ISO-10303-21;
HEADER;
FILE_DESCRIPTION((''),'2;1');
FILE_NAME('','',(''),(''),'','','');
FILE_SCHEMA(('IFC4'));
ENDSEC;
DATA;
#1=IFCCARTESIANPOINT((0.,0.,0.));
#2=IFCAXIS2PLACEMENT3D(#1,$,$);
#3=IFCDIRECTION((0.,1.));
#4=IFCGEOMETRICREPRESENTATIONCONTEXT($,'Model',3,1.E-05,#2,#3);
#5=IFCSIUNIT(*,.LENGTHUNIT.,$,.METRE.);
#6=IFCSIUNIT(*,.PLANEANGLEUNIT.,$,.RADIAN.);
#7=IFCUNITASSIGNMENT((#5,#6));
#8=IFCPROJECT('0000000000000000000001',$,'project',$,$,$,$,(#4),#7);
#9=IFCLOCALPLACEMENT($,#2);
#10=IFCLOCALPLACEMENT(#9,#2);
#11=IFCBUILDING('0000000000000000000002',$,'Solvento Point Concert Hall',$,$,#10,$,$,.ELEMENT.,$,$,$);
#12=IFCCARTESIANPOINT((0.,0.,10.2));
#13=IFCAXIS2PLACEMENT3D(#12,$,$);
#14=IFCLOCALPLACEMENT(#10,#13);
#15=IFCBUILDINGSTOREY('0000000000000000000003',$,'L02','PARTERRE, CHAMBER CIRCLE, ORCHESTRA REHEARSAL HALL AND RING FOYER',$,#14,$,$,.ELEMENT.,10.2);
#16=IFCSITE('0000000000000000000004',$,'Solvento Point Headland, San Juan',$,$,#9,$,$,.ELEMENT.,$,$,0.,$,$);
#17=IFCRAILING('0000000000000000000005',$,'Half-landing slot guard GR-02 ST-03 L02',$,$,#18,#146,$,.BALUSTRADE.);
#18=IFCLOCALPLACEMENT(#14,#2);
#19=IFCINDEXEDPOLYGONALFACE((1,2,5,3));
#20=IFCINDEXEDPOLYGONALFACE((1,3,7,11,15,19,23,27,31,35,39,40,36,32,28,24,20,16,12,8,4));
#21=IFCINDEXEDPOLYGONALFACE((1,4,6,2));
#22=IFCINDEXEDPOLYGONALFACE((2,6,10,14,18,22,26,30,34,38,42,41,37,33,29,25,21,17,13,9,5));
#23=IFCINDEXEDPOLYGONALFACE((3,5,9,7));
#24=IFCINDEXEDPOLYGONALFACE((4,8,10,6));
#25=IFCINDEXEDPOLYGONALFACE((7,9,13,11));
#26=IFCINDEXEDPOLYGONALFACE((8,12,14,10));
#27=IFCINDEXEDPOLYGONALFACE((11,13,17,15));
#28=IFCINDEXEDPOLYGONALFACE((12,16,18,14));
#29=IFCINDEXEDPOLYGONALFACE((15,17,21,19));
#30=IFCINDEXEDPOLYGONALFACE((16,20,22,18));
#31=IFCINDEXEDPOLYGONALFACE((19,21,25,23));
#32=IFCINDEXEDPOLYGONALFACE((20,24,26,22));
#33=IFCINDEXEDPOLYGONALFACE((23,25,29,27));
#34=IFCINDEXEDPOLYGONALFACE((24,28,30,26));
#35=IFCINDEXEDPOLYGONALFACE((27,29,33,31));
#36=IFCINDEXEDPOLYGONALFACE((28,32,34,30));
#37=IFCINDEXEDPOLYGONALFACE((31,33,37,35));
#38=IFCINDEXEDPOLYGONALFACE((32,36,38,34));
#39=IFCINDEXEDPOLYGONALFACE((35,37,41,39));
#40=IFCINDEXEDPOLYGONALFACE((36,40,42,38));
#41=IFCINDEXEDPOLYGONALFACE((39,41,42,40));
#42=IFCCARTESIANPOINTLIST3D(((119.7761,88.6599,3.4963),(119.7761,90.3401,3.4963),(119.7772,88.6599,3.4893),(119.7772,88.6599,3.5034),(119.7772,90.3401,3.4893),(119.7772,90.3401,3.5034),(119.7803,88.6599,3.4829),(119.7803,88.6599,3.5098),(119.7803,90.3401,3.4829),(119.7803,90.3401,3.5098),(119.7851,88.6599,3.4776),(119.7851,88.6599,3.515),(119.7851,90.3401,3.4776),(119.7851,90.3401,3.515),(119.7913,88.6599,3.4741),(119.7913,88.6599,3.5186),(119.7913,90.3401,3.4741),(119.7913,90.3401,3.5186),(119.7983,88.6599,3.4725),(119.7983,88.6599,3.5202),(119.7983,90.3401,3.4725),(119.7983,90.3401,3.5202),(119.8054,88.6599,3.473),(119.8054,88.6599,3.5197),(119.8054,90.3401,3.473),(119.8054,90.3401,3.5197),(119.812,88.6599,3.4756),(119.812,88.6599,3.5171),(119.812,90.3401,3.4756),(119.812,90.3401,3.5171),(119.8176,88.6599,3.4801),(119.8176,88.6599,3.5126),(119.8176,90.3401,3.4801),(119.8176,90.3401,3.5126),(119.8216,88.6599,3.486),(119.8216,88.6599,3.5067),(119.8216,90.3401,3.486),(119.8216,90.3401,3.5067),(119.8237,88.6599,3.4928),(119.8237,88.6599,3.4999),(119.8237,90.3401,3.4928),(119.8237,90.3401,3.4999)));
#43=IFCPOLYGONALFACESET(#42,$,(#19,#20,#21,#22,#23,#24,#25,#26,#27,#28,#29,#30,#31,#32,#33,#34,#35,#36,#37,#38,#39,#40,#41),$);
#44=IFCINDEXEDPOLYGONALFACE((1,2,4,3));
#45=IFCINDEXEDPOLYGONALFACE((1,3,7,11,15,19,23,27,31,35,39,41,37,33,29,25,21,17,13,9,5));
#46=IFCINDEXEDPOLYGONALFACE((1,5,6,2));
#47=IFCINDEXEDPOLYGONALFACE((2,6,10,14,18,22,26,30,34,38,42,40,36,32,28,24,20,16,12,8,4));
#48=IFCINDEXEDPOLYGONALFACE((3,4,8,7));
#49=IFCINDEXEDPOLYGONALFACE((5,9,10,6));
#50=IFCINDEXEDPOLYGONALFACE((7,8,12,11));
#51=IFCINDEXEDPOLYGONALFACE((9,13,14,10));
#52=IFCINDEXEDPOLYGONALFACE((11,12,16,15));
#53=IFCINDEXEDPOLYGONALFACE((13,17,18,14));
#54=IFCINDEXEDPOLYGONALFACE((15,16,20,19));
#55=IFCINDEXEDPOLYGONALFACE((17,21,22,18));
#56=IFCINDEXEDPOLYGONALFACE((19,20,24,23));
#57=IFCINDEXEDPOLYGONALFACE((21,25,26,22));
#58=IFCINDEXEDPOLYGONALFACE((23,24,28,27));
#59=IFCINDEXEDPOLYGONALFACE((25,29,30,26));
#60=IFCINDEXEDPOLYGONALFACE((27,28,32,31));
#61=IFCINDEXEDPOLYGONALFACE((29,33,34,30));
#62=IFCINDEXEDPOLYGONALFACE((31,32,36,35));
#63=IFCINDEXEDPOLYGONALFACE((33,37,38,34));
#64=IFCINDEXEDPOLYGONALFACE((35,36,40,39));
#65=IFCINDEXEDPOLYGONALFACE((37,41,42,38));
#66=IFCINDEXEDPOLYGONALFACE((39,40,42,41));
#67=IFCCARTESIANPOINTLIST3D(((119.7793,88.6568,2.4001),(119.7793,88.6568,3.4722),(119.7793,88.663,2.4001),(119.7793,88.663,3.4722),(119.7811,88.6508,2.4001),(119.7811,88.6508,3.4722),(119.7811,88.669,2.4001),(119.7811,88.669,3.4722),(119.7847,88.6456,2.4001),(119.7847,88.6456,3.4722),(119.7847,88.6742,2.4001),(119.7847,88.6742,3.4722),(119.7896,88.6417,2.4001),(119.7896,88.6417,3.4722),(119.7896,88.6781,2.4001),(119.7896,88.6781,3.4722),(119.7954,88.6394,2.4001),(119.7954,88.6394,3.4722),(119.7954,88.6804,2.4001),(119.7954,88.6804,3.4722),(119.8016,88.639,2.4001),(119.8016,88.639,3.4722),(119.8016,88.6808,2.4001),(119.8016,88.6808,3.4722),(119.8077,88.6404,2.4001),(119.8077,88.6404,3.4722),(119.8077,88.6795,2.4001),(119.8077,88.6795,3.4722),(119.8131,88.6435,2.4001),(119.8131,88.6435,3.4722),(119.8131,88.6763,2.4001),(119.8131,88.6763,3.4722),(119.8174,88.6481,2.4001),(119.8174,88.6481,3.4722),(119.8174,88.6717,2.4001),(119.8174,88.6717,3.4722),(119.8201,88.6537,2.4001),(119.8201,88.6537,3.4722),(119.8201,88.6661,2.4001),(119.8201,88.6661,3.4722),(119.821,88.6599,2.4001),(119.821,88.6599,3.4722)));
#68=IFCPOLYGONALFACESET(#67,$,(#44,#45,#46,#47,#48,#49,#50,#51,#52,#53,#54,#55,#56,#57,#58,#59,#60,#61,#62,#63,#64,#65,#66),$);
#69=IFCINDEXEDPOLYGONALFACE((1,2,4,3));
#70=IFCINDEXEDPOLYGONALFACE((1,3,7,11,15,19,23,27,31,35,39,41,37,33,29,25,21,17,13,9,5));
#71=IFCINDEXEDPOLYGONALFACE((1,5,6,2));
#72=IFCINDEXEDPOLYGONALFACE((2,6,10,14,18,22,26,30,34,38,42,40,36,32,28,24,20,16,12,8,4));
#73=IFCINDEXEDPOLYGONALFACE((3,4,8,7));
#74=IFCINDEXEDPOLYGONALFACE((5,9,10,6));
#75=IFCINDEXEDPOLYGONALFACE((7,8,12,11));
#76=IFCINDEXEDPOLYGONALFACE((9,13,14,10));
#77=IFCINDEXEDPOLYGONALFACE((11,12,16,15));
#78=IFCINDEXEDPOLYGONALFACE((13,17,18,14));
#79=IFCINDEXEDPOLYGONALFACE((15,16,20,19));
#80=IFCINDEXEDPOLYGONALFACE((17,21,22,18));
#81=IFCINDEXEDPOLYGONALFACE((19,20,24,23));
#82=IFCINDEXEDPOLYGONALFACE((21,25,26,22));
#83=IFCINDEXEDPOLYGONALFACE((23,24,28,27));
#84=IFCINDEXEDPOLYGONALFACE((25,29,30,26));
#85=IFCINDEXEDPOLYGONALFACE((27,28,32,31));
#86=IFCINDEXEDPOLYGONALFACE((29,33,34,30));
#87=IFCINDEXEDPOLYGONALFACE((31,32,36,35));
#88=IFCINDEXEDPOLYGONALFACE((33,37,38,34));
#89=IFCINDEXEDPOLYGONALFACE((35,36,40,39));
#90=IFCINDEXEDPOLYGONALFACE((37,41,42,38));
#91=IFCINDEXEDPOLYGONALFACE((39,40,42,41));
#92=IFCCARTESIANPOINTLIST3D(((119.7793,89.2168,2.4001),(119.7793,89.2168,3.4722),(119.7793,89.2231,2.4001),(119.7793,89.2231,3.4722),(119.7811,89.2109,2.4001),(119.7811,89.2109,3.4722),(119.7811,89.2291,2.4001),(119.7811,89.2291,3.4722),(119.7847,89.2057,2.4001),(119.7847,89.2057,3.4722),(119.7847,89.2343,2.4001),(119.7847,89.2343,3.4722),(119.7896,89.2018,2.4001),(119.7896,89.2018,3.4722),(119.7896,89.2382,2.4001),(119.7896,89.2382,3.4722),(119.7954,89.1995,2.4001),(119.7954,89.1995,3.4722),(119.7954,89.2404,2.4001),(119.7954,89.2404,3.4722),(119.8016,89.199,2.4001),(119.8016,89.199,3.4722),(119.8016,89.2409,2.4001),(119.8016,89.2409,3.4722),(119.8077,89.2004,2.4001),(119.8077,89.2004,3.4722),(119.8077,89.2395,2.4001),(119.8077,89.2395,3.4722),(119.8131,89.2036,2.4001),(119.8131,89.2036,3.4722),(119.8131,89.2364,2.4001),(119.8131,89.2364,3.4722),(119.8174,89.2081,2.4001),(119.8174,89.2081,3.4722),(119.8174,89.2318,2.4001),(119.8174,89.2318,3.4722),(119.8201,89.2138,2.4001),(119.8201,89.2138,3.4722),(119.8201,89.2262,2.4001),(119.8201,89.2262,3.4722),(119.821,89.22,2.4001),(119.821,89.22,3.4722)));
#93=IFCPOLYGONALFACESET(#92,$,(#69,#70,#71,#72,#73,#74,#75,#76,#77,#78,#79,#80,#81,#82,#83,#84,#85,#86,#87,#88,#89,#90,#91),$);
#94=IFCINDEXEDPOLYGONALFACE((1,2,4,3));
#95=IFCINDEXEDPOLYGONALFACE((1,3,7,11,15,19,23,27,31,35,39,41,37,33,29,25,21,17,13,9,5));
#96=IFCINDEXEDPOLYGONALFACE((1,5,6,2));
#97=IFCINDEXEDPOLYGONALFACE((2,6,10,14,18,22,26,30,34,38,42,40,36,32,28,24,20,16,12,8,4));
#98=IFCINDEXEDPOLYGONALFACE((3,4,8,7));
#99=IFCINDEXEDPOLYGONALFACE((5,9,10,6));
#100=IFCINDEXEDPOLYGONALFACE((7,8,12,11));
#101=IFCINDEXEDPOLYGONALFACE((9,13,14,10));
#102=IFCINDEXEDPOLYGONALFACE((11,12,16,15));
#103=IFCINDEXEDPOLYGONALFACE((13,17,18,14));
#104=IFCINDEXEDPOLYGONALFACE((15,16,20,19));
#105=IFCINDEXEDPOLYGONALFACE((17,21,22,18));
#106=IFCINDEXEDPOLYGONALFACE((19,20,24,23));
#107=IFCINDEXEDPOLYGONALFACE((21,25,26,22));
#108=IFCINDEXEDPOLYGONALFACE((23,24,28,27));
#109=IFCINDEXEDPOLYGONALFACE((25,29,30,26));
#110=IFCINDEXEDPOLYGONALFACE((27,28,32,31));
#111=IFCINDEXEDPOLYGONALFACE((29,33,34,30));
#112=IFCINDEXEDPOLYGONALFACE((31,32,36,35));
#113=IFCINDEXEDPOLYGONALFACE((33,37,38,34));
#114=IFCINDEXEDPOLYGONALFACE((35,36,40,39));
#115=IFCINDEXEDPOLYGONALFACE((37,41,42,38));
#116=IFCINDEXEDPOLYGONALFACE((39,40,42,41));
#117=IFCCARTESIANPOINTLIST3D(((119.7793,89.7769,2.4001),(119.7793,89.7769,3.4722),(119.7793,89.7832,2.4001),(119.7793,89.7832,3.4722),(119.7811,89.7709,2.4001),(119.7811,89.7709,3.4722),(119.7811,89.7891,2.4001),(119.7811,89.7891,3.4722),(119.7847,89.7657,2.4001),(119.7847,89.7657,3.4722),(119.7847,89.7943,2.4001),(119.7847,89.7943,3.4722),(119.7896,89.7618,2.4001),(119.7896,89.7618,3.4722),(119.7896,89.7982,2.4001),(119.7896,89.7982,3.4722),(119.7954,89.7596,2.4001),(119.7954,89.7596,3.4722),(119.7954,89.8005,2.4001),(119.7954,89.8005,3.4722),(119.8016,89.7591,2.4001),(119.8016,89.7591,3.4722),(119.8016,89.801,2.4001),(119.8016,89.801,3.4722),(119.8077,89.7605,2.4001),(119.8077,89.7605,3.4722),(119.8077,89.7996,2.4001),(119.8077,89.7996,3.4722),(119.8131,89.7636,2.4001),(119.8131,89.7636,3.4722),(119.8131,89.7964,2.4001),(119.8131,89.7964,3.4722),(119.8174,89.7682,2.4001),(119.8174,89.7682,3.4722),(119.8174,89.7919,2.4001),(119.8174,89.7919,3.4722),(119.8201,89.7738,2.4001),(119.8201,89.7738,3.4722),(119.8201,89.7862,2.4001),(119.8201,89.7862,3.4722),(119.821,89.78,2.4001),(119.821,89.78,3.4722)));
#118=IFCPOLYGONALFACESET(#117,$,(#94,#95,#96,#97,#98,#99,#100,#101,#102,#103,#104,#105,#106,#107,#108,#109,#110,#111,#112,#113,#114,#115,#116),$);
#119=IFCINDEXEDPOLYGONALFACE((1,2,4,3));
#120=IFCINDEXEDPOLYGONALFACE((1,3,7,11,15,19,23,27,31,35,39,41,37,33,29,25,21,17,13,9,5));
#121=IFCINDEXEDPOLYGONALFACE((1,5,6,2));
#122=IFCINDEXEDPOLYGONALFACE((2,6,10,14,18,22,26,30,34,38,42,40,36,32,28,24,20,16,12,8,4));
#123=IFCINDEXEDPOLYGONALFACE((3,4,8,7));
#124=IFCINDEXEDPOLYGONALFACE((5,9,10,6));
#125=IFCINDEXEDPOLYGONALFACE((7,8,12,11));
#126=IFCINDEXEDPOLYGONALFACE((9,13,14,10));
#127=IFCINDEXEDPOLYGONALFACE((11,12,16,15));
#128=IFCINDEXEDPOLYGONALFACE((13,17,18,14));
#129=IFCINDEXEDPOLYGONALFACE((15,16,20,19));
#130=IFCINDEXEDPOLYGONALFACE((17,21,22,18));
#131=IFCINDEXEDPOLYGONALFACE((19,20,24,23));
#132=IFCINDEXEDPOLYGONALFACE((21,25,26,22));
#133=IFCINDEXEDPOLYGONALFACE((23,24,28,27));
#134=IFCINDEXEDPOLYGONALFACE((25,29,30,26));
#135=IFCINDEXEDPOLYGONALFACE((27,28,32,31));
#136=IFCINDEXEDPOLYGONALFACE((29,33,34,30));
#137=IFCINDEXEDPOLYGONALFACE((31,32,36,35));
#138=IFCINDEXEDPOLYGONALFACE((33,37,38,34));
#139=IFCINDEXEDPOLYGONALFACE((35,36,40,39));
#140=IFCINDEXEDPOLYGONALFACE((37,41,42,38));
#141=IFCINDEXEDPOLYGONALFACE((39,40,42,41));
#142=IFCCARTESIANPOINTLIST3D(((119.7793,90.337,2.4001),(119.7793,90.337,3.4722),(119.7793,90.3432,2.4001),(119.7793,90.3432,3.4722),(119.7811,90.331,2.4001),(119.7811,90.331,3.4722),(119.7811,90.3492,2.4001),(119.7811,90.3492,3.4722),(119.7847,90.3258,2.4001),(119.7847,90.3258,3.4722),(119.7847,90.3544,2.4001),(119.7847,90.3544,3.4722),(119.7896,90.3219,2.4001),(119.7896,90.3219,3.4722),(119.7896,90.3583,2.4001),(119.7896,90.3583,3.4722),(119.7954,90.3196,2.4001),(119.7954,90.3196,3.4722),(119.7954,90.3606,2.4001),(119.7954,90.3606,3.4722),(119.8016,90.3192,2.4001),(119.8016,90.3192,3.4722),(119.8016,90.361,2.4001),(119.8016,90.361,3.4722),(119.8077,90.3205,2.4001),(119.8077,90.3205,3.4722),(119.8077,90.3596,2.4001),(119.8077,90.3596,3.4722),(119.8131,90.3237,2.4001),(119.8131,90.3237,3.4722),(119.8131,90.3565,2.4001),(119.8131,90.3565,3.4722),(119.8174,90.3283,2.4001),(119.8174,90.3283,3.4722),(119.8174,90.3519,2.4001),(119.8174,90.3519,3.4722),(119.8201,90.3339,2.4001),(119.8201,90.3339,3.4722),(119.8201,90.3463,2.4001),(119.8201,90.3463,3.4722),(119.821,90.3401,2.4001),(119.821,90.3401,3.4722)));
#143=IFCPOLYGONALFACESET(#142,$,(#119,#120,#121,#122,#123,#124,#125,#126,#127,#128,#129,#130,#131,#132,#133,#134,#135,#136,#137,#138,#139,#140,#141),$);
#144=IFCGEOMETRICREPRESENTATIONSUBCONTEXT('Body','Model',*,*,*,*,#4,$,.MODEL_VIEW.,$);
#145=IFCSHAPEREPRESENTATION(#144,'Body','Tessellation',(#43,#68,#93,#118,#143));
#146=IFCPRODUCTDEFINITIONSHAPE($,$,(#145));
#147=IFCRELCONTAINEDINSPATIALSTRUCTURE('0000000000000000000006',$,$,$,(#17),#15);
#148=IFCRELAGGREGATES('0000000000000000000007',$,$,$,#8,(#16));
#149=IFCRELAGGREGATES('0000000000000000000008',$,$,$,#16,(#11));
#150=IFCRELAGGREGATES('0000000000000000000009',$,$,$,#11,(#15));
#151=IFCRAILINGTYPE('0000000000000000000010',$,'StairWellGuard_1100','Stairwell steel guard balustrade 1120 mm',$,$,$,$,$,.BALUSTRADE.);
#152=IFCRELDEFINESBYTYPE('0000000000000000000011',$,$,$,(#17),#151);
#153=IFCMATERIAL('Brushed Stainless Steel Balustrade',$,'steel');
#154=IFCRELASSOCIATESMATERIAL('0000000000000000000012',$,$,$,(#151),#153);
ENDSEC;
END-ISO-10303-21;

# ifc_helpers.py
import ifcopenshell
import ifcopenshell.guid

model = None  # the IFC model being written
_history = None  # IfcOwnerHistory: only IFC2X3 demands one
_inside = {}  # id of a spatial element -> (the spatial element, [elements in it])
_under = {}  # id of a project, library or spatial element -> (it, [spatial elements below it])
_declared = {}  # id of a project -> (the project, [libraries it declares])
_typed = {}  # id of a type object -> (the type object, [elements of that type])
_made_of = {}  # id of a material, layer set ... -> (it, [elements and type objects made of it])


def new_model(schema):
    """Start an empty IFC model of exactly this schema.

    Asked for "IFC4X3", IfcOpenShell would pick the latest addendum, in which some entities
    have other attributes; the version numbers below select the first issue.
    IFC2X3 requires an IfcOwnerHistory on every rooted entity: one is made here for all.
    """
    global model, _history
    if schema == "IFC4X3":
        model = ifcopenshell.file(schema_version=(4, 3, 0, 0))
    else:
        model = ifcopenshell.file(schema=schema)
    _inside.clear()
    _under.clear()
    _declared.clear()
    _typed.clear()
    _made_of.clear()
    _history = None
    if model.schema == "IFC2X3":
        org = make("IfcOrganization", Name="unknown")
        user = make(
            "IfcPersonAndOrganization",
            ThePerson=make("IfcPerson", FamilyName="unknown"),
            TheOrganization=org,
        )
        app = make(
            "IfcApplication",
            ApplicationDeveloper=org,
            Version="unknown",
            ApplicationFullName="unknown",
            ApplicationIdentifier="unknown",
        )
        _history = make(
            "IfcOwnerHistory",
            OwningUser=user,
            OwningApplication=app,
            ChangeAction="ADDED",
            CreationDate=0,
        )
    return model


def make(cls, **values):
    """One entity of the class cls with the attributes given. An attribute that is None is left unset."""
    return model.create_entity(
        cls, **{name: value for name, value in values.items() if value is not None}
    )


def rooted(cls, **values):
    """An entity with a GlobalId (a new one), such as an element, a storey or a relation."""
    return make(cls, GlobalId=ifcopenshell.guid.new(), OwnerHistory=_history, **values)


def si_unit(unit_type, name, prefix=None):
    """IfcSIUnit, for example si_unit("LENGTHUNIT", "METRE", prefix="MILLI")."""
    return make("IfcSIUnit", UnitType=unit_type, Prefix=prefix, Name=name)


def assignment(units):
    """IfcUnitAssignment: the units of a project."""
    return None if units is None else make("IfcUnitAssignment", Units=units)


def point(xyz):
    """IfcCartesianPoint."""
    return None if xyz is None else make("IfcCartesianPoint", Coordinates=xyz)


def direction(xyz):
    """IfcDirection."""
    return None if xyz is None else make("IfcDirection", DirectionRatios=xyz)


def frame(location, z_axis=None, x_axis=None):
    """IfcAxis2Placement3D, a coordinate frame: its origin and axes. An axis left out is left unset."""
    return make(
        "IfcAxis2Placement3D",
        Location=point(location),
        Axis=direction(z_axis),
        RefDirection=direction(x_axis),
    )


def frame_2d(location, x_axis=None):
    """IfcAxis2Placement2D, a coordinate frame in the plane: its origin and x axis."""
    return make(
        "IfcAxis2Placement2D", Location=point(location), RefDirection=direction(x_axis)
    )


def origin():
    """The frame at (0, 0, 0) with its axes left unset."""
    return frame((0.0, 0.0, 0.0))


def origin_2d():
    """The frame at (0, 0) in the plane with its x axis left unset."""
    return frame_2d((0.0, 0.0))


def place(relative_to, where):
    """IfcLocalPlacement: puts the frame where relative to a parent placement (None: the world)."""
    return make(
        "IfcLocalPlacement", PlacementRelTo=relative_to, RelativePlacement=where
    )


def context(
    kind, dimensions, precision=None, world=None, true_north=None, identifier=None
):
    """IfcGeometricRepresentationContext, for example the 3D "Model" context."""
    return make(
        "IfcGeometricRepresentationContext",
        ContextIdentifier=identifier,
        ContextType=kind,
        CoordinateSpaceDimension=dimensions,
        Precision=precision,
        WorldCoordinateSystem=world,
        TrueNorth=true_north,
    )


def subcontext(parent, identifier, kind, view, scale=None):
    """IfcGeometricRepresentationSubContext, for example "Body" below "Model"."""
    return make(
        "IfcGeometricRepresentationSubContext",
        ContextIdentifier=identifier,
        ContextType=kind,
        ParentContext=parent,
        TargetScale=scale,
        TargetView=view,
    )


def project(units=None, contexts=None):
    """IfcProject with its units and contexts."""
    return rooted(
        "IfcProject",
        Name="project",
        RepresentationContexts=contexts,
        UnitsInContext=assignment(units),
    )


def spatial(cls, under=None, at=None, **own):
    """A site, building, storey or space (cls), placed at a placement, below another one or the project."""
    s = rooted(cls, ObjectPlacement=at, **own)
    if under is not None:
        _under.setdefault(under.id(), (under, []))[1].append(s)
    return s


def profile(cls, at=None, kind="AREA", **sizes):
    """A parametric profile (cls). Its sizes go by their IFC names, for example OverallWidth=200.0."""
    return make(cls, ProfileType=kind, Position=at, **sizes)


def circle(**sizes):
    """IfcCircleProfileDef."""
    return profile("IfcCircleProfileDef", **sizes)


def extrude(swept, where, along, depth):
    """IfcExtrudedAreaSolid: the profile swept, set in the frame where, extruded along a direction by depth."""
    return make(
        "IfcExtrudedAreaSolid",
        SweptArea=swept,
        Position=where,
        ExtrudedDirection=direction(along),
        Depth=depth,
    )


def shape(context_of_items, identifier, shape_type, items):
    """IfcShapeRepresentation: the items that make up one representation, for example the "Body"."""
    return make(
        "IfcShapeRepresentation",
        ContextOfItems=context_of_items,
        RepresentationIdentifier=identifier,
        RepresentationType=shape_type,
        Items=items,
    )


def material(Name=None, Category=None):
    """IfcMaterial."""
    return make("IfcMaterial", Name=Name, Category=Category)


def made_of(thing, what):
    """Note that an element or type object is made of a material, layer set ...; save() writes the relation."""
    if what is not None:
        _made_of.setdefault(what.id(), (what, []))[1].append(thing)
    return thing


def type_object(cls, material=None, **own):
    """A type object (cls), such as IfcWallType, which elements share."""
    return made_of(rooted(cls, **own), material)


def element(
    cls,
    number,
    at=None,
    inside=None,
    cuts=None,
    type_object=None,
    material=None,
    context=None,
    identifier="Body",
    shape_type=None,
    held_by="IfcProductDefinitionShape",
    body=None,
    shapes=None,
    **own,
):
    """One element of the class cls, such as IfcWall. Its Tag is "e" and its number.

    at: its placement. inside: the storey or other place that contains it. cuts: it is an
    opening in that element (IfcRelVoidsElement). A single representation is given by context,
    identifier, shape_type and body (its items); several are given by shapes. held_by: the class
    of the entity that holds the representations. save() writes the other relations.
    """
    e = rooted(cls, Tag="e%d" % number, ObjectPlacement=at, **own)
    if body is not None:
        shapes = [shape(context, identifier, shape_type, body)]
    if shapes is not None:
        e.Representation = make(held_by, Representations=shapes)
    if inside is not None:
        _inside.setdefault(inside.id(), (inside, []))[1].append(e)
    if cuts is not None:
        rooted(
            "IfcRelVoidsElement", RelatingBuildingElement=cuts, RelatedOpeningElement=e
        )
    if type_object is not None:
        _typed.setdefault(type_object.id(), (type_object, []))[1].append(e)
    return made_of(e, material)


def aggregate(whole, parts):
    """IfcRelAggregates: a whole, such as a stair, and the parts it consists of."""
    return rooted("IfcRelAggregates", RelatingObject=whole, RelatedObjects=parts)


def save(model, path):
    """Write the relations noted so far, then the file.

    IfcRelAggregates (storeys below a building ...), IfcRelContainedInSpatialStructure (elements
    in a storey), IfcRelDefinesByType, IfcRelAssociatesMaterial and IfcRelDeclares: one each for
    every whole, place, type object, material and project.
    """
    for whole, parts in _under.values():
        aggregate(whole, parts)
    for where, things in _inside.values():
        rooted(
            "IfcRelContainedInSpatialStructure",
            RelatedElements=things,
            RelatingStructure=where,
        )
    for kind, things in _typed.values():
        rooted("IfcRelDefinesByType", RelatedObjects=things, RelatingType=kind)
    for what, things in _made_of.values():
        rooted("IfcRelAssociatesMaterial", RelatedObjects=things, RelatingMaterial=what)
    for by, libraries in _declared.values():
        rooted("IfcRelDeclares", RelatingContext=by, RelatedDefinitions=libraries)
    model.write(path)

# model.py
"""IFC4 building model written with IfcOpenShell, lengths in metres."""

from ifc_helpers import new_model, si_unit, direction, frame, origin, origin_2d, place, context, subcontext, project, spatial, circle, extrude, material, type_object, element, save


model = new_model("IFC4")

# Units and contexts
model_context = context("Model", 3, precision=1e-05, world=origin(), true_north=direction((0.0, 1.0)))
body_context = subcontext(model_context, "Body", "Model", "MODEL_VIEW")
ifc_project = project(units=[si_unit("LENGTHUNIT", "METRE"), si_unit("PLANEANGLEUNIT", "RADIAN")], contexts=[model_context])

# Site, building, storey
site_placement = place(None, origin())
site = spatial("IfcSite", under=ifc_project, at=site_placement, Name="Solvento Point Headland, San Juan", CompositionType="ELEMENT", RefElevation=0.0)
building_placement = place(site_placement, origin())
building = spatial("IfcBuilding", under=site, at=building_placement, Name="Solvento Point Concert Hall", CompositionType="ELEMENT")
storey_placement = place(building_placement, frame((0.0, 0.0, 10.2)))
storey = spatial("IfcBuildingStorey", under=building, at=storey_placement, Name="L02", Description="PARTERRE, CHAMBER CIRCLE, ORCHESTRA REHEARSAL HALL AND RING FOYER", CompositionType="ELEMENT", Elevation=10.2)

# Railing
ifc_material_1 = material(Name="Brushed Stainless Steel Balustrade", Category="steel")
railing_type_1 = type_object("IfcRailingType", Name="StairWellGuard_1100", Description="Stairwell steel guard balustrade 1120 mm", PredefinedType="BALUSTRADE", material=ifc_material_1)
railing_1_placement = place(storey_placement, frame((119.8, 88.6599, 2.4001)))
element("IfcRailing", 1, at=railing_1_placement, inside=storey, type_object=railing_type_1, Name="Half-landing slot guard GR-02 ST-03 L02", PredefinedType="BALUSTRADE", context=body_context, shape_type="SweptSolid", body=[
    extrude(circle(Radius=0.0239, at=origin_2d()), frame((0.0, 0.0, 1.0962), z_axis=(0.0, 1.0, 0.0), x_axis=(-1.0, 0.0, 0.0)), (0.0, 0.0, 1.0), 1.6802),
    extrude(circle(Radius=0.021, at=origin_2d()), origin(), (0.0, 0.0, 1.0), 1.072),
    extrude(circle(Radius=0.021, at=origin_2d()), frame((0.0, 0.5601, 0.0)), (0.0, 0.0, 1.0), 1.072),
    extrude(circle(Radius=0.021, at=origin_2d()), frame((0.0, 1.1201, 0.0)), (0.0, 0.0, 1.0), 1.072),
    extrude(circle(Radius=0.021, at=origin_2d()), frame((0.0, 1.6802, 0.0)), (0.0, 0.0, 1.0), 1.072),
])

save(model, "model.ifc")
